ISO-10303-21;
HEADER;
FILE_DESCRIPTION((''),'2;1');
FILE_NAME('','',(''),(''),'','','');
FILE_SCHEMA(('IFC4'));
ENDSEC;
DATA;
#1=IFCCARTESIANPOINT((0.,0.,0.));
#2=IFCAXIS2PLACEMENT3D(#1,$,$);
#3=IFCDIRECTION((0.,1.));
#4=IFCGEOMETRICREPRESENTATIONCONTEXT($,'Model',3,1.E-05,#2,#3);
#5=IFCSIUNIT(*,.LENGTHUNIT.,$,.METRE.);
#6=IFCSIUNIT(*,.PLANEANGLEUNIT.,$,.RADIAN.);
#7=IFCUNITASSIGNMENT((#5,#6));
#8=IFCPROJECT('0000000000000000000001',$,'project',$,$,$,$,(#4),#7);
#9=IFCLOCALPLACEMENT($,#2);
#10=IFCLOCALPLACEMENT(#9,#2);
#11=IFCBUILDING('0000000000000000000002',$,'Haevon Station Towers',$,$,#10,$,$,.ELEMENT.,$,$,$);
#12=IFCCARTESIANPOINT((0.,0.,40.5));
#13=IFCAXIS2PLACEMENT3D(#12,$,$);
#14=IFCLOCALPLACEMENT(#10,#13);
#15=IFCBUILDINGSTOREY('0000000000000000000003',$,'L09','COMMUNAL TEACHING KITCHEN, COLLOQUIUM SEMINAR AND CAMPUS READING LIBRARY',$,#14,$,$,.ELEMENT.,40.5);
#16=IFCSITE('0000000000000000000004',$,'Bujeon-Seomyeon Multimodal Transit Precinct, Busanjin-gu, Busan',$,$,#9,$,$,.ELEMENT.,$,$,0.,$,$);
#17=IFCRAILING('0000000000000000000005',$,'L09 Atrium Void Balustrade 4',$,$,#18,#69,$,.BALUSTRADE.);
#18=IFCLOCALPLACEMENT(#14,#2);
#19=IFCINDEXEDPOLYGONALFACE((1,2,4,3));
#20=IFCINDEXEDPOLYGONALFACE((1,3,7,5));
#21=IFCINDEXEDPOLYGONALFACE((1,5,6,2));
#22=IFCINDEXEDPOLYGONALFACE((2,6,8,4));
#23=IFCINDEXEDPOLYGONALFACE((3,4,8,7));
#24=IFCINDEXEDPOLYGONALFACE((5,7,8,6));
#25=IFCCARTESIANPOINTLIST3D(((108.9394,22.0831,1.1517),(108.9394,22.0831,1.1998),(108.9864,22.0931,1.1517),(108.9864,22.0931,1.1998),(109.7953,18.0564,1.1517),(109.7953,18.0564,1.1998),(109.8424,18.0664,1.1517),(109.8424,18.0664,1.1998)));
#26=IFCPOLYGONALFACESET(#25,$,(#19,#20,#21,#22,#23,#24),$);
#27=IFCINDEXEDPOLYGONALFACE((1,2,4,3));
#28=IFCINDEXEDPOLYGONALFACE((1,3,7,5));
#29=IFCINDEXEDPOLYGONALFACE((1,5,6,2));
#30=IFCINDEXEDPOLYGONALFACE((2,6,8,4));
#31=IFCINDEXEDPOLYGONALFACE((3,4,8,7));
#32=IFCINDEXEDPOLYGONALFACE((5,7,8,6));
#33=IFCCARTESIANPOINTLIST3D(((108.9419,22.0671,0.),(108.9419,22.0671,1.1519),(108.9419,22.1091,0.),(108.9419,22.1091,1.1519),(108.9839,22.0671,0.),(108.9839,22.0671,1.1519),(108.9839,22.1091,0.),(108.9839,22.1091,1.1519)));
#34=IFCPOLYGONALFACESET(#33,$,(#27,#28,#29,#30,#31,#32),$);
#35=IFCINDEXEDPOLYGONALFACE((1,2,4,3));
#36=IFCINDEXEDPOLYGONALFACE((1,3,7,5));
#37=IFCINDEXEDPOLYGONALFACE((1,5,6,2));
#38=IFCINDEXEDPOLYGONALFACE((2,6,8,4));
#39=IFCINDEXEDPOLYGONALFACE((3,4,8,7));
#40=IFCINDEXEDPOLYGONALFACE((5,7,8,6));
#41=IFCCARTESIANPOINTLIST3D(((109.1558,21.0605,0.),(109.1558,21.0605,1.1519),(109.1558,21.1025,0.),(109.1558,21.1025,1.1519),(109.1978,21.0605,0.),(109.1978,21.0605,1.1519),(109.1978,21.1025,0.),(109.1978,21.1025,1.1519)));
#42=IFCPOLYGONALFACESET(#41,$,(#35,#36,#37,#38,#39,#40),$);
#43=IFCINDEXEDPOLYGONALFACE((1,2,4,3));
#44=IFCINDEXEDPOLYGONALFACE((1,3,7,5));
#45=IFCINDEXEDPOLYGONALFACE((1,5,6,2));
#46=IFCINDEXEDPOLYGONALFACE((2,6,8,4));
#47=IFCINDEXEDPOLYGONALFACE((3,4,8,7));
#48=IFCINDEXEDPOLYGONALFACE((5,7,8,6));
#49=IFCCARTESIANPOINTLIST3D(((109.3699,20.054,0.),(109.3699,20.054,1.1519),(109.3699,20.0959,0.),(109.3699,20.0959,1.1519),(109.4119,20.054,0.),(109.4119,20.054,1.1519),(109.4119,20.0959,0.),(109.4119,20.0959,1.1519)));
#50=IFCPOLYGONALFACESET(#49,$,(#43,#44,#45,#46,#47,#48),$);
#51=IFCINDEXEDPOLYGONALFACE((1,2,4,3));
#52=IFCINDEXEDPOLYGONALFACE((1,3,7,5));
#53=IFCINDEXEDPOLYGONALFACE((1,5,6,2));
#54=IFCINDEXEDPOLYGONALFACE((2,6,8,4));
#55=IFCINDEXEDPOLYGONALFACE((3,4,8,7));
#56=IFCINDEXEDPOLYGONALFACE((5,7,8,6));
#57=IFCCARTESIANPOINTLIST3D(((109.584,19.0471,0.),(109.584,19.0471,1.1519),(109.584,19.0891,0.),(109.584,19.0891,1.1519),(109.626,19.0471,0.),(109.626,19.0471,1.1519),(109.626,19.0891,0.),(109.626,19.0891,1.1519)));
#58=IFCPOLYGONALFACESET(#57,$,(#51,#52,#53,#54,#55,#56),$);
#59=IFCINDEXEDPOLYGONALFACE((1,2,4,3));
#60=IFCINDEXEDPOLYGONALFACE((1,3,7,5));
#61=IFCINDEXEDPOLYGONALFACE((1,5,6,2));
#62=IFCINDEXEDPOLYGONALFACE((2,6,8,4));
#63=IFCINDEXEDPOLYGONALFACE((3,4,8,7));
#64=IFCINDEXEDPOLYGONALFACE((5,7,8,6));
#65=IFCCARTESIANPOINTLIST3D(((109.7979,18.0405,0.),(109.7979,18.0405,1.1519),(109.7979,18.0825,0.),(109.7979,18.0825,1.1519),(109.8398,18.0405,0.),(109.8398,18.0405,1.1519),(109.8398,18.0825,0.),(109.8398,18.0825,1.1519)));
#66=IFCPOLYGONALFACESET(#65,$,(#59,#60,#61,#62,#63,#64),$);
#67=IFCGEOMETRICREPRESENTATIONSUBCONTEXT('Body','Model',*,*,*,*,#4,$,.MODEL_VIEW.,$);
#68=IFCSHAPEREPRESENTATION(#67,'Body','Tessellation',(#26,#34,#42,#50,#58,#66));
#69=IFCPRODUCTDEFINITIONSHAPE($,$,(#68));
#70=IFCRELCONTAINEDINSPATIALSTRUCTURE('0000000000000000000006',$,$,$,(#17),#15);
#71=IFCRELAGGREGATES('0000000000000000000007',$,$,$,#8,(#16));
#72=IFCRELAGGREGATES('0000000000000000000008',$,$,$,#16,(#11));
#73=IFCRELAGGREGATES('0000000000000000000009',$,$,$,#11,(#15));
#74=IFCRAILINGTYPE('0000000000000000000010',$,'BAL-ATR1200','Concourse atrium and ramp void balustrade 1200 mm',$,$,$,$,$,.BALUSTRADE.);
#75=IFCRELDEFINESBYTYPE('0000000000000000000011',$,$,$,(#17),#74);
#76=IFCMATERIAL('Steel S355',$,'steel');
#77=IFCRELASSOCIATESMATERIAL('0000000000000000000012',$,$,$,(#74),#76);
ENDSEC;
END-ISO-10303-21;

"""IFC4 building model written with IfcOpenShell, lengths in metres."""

from ifc_helpers import new_model, si_unit, direction, frame, origin, origin_2d, place, context, subcontext, project, spatial, rectangle, extrude, material, type_object, element, save


model = new_model("IFC4")

# Units and contexts
model_context = context("Model", 3, precision=1e-05, world=origin(), true_north=direction((0.0, 1.0)))
body_context = subcontext(model_context, "Body", "Model", "MODEL_VIEW")
ifc_project = project(units=[si_unit("LENGTHUNIT", "METRE"), si_unit("PLANEANGLEUNIT", "RADIAN")], contexts=[model_context])

# Site, building, storey
site_placement = place(None, origin())
site = spatial("IfcSite", under=ifc_project, at=site_placement, Name="Bujeon-Seomyeon Multimodal Transit Precinct, Busanjin-gu, Busan", CompositionType="ELEMENT", RefElevation=0.0)
building_placement = place(site_placement, origin())
building = spatial("IfcBuilding", under=site, at=building_placement, Name="Haevon Station Towers", CompositionType="ELEMENT")
storey_placement = place(building_placement, frame((0.0, 0.0, 40.5)))
storey = spatial("IfcBuildingStorey", under=building, at=storey_placement, Name="L09", Description="COMMUNAL TEACHING KITCHEN, COLLOQUIUM SEMINAR AND CAMPUS READING LIBRARY", CompositionType="ELEMENT", Elevation=40.5)

# Shared definitions
ifc_material_1 = material(Name="Steel S355", Category="steel")

# Railing
railing_type = type_object("IfcRailingType", Name="BAL-ATR1200", Description="Concourse atrium and ramp void balustrade 1200 mm", PredefinedType="BALUSTRADE", material=ifc_material_1)
railing_1_placement = place(storey_placement, frame((108.9629, 22.0881, 0.0)))
element("IfcRailing", 1, at=railing_1_placement, inside=storey, type_object=railing_type, Name="L09 Atrium Void Balustrade 4", PredefinedType="BALUSTRADE", context=body_context, shape_type="SweptSolid", body=[
    extrude(rectangle(XDim=0.0481, YDim=0.0481, at=origin_2d()), frame((0.0, 0.0, 1.1758), z_axis=(0.207929, -0.978144, 0.0), x_axis=(0.978144, 0.207929, 0.0)), (0.0, 0.0, 1.0), 4.1167),
    extrude(rectangle(XDim=0.042, YDim=0.042, at=origin_2d()), origin(), (0.0, 0.0, 1.0), 1.1519),
    extrude(rectangle(XDim=0.042, YDim=0.042, at=origin_2d()), frame((0.2139, -1.0066, 0.0)), (0.0, 0.0, 1.0), 1.1519),
    extrude(rectangle(XDim=0.042, YDim=0.042, at=origin_2d()), frame((0.428, -2.0132, 0.0)), (0.0, 0.0, 1.0), 1.1519),
    extrude(rectangle(XDim=0.042, YDim=0.042, at=origin_2d()), frame((0.6421, -3.02, 0.0)), (0.0, 0.0, 1.0), 1.1519),
    extrude(rectangle(XDim=0.042, YDim=0.042, at=origin_2d()), frame((0.856, -4.0266, 0.0)), (0.0, 0.0, 1.0), 1.1519),
])

save(model, "model.ifc")
